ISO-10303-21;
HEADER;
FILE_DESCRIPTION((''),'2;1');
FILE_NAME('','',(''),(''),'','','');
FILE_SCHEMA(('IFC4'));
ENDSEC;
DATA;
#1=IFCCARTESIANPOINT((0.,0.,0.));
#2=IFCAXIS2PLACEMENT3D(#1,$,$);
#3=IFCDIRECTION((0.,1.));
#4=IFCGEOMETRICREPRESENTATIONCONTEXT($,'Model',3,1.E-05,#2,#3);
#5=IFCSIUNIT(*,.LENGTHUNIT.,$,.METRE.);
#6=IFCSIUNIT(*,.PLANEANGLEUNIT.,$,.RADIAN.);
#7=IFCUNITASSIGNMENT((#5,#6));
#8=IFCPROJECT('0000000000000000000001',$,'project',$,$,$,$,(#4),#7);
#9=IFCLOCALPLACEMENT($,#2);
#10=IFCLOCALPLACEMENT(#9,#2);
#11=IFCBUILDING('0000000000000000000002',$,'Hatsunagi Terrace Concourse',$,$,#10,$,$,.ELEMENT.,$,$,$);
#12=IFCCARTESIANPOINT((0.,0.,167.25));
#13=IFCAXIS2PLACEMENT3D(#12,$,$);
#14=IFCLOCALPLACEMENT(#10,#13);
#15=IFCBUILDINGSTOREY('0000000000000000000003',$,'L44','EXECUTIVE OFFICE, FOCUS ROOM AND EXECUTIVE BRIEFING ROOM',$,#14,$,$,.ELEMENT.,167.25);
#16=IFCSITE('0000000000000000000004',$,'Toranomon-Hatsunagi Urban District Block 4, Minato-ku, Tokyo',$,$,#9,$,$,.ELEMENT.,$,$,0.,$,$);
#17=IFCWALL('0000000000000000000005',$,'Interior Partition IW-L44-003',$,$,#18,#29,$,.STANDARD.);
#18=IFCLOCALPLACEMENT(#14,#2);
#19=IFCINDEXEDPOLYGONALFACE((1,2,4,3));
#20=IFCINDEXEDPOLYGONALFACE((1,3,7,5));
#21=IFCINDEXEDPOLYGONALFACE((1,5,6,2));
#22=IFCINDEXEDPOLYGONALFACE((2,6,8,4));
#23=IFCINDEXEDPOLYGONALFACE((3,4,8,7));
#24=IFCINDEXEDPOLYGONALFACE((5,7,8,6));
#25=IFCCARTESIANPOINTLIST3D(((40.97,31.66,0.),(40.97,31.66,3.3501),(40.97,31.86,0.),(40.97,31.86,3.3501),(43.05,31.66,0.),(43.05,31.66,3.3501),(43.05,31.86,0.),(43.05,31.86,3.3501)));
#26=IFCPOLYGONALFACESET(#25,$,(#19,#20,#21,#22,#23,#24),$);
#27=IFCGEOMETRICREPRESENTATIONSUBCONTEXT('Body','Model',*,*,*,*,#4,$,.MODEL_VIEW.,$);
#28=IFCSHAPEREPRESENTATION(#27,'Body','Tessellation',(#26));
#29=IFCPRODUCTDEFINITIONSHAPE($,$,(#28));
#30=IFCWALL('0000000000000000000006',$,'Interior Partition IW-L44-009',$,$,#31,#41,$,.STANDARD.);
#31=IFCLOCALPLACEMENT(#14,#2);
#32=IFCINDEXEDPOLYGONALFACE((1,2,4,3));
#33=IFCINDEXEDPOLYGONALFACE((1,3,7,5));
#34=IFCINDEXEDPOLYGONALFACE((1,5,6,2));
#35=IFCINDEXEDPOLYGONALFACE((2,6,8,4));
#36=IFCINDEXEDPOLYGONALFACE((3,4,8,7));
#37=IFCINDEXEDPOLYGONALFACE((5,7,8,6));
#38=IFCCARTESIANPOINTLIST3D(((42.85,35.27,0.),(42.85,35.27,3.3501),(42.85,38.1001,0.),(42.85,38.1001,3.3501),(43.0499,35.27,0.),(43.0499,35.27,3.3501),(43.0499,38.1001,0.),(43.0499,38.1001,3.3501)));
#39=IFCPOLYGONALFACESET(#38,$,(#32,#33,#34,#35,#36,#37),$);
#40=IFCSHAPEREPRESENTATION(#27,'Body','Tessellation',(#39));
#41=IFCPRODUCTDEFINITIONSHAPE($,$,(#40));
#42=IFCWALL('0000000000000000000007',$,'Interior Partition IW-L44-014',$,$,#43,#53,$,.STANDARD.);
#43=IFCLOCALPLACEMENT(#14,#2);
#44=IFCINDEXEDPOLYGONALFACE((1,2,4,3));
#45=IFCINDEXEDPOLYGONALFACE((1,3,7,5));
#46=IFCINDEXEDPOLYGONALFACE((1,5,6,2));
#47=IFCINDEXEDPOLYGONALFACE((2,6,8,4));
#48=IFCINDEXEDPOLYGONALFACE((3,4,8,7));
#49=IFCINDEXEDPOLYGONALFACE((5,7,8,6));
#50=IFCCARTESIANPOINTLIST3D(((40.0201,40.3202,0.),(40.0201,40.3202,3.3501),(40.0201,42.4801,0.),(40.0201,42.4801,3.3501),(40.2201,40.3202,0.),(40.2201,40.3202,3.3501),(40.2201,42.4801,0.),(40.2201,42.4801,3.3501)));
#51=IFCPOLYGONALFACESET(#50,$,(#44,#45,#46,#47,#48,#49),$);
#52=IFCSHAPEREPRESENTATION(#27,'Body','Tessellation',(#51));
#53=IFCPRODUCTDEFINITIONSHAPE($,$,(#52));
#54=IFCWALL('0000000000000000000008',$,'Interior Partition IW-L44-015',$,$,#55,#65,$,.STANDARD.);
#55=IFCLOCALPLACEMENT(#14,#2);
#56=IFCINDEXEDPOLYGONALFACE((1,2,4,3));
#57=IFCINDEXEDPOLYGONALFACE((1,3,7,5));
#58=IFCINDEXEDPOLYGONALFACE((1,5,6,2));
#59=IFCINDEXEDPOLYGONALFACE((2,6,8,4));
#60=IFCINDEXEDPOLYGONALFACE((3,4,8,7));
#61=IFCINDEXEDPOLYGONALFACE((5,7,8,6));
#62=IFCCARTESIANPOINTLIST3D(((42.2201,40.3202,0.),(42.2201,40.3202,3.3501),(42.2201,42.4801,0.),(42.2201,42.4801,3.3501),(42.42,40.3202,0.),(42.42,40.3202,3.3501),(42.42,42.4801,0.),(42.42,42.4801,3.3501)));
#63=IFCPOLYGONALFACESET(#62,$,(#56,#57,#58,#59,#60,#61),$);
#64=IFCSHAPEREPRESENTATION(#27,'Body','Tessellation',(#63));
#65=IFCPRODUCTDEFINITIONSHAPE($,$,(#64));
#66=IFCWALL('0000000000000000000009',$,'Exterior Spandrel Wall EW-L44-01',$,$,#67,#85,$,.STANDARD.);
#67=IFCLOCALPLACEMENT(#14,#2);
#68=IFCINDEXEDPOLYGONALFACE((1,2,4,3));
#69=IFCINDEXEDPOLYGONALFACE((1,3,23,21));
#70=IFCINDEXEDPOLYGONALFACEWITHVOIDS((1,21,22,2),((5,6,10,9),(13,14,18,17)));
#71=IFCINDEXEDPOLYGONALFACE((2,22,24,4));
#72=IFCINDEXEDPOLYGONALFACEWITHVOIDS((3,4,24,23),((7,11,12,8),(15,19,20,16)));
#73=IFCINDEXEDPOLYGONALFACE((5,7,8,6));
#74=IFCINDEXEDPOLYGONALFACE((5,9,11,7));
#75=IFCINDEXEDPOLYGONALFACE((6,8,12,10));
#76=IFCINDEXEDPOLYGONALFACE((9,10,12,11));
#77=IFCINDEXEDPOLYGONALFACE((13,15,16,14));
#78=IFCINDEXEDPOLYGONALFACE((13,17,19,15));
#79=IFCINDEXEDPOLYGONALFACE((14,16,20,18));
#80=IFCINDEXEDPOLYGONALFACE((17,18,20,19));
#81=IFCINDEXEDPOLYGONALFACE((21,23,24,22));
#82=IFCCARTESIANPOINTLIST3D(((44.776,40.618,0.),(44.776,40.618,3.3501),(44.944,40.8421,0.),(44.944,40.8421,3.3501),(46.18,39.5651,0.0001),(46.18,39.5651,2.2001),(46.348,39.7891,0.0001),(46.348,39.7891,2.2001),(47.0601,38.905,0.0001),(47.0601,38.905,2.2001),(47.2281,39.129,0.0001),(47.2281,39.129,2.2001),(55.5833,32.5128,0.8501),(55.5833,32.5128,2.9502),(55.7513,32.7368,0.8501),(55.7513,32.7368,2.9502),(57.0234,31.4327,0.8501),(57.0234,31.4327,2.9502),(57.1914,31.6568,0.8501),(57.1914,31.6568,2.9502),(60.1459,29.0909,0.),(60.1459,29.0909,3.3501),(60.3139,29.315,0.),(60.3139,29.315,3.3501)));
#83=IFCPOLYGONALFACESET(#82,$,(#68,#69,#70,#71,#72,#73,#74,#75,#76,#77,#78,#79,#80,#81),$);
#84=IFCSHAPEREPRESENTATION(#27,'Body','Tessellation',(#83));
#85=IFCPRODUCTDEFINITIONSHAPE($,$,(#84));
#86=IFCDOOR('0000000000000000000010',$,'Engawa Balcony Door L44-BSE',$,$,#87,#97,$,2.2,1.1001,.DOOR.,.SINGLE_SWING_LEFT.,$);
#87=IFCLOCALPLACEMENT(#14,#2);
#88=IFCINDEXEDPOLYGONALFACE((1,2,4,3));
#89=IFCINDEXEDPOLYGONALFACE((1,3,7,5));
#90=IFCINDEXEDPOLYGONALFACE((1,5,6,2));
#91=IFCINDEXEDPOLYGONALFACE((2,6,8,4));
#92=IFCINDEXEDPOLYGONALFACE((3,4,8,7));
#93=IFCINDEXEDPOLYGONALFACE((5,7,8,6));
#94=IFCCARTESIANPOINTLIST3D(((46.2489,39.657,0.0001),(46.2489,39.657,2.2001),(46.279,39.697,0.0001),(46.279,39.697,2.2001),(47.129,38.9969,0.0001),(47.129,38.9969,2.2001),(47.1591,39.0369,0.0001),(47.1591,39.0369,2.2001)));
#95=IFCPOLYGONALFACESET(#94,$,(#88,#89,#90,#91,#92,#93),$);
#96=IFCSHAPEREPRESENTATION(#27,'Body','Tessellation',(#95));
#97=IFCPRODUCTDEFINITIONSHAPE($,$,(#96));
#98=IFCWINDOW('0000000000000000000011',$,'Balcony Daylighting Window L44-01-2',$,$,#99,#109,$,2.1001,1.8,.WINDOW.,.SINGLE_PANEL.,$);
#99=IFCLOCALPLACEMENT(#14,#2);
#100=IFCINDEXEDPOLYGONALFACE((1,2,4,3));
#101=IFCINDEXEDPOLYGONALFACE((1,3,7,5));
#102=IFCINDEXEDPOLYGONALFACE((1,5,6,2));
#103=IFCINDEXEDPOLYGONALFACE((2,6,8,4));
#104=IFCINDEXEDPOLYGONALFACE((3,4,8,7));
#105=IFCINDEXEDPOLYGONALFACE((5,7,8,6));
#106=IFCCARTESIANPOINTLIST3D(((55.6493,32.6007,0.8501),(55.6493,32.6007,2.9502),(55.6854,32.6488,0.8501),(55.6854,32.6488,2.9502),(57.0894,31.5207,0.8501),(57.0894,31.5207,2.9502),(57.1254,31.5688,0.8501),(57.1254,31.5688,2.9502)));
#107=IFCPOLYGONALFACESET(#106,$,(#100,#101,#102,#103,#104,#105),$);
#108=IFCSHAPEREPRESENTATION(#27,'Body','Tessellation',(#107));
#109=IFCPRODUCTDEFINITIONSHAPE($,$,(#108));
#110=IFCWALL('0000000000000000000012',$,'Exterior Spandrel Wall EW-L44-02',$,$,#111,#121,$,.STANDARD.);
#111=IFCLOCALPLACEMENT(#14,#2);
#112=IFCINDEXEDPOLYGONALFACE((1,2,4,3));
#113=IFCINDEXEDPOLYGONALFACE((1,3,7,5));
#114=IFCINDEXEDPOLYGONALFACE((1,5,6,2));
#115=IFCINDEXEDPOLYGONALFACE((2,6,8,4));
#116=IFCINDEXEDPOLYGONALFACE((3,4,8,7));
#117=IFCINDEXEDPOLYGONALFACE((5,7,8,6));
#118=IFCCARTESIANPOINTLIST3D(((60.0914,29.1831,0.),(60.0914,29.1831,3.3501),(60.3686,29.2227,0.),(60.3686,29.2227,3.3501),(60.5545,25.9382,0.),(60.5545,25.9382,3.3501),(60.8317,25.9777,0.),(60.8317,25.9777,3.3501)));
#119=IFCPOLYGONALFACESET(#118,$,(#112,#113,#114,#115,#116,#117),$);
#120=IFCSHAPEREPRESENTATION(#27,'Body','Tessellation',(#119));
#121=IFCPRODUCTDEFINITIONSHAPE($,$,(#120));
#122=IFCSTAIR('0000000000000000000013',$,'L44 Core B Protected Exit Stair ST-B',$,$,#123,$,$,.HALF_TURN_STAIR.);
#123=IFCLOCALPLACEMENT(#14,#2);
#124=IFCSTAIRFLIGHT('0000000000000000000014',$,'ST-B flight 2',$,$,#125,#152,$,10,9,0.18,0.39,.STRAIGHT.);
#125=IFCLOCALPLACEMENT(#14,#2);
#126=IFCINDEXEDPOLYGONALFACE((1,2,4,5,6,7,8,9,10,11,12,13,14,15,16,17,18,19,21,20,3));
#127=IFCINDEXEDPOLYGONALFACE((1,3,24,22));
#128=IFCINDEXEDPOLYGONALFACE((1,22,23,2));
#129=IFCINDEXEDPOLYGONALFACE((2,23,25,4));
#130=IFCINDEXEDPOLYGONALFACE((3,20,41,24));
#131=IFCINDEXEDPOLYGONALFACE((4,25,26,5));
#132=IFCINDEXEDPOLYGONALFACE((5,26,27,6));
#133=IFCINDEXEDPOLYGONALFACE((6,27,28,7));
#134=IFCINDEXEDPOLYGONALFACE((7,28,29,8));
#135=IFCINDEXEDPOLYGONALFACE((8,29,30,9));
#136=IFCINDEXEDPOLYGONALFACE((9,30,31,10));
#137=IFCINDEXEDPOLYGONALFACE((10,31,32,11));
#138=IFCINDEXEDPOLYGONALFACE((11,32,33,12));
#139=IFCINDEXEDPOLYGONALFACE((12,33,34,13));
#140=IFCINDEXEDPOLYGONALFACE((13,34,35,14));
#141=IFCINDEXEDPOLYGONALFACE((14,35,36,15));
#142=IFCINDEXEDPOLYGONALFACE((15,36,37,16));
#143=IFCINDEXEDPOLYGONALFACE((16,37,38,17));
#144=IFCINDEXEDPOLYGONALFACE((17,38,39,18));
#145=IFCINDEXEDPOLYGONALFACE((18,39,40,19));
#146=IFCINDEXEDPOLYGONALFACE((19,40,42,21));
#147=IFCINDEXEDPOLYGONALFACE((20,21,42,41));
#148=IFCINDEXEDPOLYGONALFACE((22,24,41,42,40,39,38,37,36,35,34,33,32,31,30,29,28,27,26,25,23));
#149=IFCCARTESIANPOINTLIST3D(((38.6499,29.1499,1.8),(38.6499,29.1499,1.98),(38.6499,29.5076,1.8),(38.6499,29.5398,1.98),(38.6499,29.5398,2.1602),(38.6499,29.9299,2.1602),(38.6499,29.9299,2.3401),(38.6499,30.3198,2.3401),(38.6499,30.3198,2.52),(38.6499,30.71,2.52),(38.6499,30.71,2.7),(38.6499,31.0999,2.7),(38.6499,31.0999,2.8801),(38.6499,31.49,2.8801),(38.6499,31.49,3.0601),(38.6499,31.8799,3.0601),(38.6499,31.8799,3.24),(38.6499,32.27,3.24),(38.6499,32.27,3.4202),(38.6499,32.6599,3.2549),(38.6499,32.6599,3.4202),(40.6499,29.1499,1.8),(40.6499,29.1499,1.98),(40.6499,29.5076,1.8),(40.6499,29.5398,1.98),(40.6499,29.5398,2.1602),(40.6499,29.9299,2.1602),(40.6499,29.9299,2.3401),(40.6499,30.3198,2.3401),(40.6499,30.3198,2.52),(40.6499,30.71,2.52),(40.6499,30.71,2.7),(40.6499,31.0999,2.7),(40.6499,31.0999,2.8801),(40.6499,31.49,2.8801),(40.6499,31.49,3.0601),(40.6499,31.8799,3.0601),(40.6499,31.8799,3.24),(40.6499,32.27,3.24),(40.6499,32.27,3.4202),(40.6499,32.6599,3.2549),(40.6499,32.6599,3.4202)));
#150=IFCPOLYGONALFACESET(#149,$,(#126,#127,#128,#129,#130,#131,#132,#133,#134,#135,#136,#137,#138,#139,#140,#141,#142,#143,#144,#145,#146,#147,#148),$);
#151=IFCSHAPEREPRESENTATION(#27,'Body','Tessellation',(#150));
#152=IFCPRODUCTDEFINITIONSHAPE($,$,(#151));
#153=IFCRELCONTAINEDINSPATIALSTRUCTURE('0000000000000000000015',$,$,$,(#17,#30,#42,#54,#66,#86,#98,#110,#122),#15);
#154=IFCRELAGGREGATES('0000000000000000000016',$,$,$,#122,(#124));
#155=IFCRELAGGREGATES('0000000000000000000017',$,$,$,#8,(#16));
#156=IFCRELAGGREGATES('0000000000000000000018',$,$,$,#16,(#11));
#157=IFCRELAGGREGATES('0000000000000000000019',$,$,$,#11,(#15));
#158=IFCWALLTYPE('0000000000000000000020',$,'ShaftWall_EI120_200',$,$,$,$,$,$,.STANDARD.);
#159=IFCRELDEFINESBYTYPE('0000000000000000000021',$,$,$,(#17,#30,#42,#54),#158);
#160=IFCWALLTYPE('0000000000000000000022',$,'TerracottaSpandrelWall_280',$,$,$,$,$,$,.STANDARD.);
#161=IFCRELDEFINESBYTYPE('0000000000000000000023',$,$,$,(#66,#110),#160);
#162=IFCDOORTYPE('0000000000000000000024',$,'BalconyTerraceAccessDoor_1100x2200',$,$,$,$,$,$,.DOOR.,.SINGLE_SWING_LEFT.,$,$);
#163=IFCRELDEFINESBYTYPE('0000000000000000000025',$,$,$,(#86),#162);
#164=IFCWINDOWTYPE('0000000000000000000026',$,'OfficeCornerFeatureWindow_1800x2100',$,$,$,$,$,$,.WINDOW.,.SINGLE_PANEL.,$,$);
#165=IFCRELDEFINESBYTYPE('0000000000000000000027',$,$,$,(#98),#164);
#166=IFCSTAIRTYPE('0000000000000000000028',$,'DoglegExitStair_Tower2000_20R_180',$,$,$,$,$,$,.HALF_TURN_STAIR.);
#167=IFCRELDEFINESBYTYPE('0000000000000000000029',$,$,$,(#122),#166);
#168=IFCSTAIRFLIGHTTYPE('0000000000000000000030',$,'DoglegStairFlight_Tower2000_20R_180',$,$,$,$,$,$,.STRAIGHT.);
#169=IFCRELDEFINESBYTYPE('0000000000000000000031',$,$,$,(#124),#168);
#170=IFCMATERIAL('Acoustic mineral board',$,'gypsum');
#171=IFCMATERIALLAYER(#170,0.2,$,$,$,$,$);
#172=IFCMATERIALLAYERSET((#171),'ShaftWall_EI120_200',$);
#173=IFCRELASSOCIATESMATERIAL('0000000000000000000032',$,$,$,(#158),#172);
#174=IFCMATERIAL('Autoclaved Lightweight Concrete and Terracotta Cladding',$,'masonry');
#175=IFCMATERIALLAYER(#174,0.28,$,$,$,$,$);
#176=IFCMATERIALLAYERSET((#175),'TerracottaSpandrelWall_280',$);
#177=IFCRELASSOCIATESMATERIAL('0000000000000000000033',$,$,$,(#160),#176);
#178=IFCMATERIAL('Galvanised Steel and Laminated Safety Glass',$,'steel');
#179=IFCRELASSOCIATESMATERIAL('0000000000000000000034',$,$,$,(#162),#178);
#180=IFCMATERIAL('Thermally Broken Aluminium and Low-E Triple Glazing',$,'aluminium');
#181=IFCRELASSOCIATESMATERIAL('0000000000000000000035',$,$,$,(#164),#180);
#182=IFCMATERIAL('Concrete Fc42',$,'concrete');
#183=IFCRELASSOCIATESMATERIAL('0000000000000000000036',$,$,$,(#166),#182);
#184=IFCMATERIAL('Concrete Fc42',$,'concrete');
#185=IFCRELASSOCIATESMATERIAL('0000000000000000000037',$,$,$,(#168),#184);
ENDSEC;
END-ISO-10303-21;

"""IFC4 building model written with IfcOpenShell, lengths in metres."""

from ifc_helpers import new_model, si_unit, direction, frame, frame_2d, origin, place, context, subcontext, project, spatial, polyline, rectangle, outline, extrude, material, layer, layer_set, type_object, element, fill, aggregate, save


model = new_model("IFC4")

# Units and contexts
model_context = context("Model", 3, precision=1e-05, world=origin(), true_north=direction((0.0, 1.0)))
body_context = subcontext(model_context, "Body", "Model", "MODEL_VIEW")
ifc_project = project(units=[si_unit("LENGTHUNIT", "METRE"), si_unit("PLANEANGLEUNIT", "RADIAN")], contexts=[model_context])

# Site, building, storey
site_placement = place(None, origin())
site = spatial("IfcSite", under=ifc_project, at=site_placement, Name="Toranomon-Hatsunagi Urban District Block 4, Minato-ku, Tokyo", CompositionType="ELEMENT", RefElevation=0.0)
building_placement = place(site_placement, origin())
building = spatial("IfcBuilding", under=site, at=building_placement, Name="Hatsunagi Terrace Concourse", CompositionType="ELEMENT")
storey_placement = place(building_placement, frame((0.0, 0.0, 167.25)))
storey = spatial("IfcBuildingStorey", under=building, at=storey_placement, Name="L44", Description="EXECUTIVE OFFICE, FOCUS ROOM AND EXECUTIVE BRIEFING ROOM", CompositionType="ELEMENT", Elevation=167.25)

# Walls
ifc_material_1 = material(Name="Acoustic mineral board", Category="gypsum")
ifc_layer_1 = layer(ifc_material_1, 0.2)
ifc_layer_set_1 = layer_set([ifc_layer_1], Name="ShaftWall_EI120_200")
wall_type_1 = type_object("IfcWallType", Name="ShaftWall_EI120_200", PredefinedType="STANDARD", material=ifc_layer_set_1)
wall_1_placement = place(storey_placement, frame((40.97, 31.76, 0.0), z_axis=(0.0, 0.0, 1.0), x_axis=(1.0, 0.0, 0.0)))
element("IfcWall", 1, at=wall_1_placement, inside=storey, type_object=wall_type_1, Name="Interior Partition IW-L44-003", PredefinedType="STANDARD", context=body_context, shape_type="SweptSolid", body=[
    extrude(rectangle(XDim=2.0801, YDim=0.2, at=frame_2d((1.04, 0.0))), origin(), (0.0, 0.0, 1.0), 3.3501),
])
wall_2_placement = place(storey_placement, frame((42.95, 35.27, 0.0), z_axis=(0.0, 0.0, 1.0), x_axis=(0.0, 1.0, 0.0)))
element("IfcWall", 2, at=wall_2_placement, inside=storey, type_object=wall_type_1, Name="Interior Partition IW-L44-009", PredefinedType="STANDARD", context=body_context, shape_type="SweptSolid", body=[
    extrude(rectangle(XDim=2.8301, YDim=0.2, at=frame_2d((1.415, 0.0))), origin(), (0.0, 0.0, 1.0), 3.3501),
])
for number, where, z_axis, x_axis, name in (
    (3, (40.1201, 40.3201, 0.0), (0.0, 0.0, 1.0), (0.0, 1.0, 0.0), "Interior Partition IW-L44-014"),
    (4, (42.3201, 40.3201, 0.0), (0.0, 0.0, 1.0), (0.0, 1.0, 0.0), "Interior Partition IW-L44-015"),
):
    element("IfcWall", number, at=place(storey_placement, frame(where, z_axis=z_axis, x_axis=x_axis)), inside=storey, type_object=wall_type_1, Name=name, PredefinedType="STANDARD", context=body_context, shape_type="SweptSolid", body=[
        extrude(rectangle(XDim=2.1599, YDim=0.2, at=frame_2d((1.0801, 0.0))), origin(), (0.0, 0.0, 1.0), 3.3501),
    ])

# Wall, openings, door, window
ifc_material_2 = material(Name="Autoclaved Lightweight Concrete and Terracotta Cladding", Category="masonry")
ifc_layer_2 = layer(ifc_material_2, 0.28)
ifc_layer_set_2 = layer_set([ifc_layer_2], Name="TerracottaSpandrelWall_280")
wall_type_2 = type_object("IfcWallType", Name="TerracottaSpandrelWall_280", PredefinedType="STANDARD", material=ifc_layer_set_2)
wall_3_placement = place(storey_placement, frame((44.8601, 40.73, 0.0), z_axis=(0.0, 0.0, 1.0), x_axis=(0.800008, -0.59999, 0.0)))
wall_3 = element("IfcWall", 5, at=wall_3_placement, inside=storey, type_object=wall_type_2, Name="Exterior Spandrel Wall EW-L44-01", PredefinedType="STANDARD", context=body_context, shape_type="SweptSolid", body=[
    extrude(rectangle(XDim=19.2122, YDim=0.28, at=frame_2d((9.606, 0.0))), origin(), (0.0, 0.0, 1.0), 3.3501),
])
opening_1_placement = place(wall_3_placement, frame((1.7549, 0.0, 0.0)))
opening_1 = element("IfcOpeningElement", 6, at=opening_1_placement, cuts=wall_3, PredefinedType="OPENING", context=body_context, shape_type="SweptSolid", body=[
    extrude(rectangle(XDim=1.1001, YDim=2.2, at=frame_2d((0.55, 1.1001))), frame((0.0, 0.1499, 0.0), z_axis=(0.0, -1.0, 0.0), x_axis=(1.0, 0.0, 0.0)), (0.0, 0.0, 1.0), 0.3),
])
opening_2_placement = place(wall_3_placement, frame((13.509, 0.0, 0.8501)))
opening_2 = element("IfcOpeningElement", 7, at=opening_2_placement, cuts=wall_3, PredefinedType="OPENING", context=body_context, shape_type="SweptSolid", body=[
    extrude(rectangle(XDim=1.8, YDim=2.1001, at=frame_2d((0.8999, 1.05))), frame((0.0, 0.1499, 0.0), z_axis=(0.0, -1.0, 0.0), x_axis=(1.0, 0.0, 0.0)), (0.0, 0.0, 1.0), 0.3),
])
ifc_material_3 = material(Name="Galvanised Steel and Laminated Safety Glass", Category="steel")
door_type_1 = type_object("IfcDoorType", Name="BalconyTerraceAccessDoor_1100x2200", OperationType="SINGLE_SWING_LEFT", PredefinedType="DOOR", material=ifc_material_3)
door_1_placement = place(opening_1_placement, origin())
door_1 = element("IfcDoor", 8, at=door_1_placement, inside=storey, type_object=door_type_1, Name="Engawa Balcony Door L44-BSE", OperationType="SINGLE_SWING_LEFT", OverallHeight=2.2, OverallWidth=1.1001, PredefinedType="DOOR", context=body_context, shape_type="SweptSolid", body=[
    extrude(rectangle(XDim=1.1001, YDim=2.2, at=frame_2d((0.55, 1.1001))), frame((0.0, 0.0249, 0.0), z_axis=(0.0, -1.0, 0.0), x_axis=(1.0, 0.0, 0.0)), (0.0, 0.0, 1.0), 0.05),
])
fill(opening_1, door_1)
ifc_material_4 = material(Name="Thermally Broken Aluminium and Low-E Triple Glazing", Category="aluminium")
window_type = type_object("IfcWindowType", Name="OfficeCornerFeatureWindow_1800x2100", PartitioningType="SINGLE_PANEL", PredefinedType="WINDOW", material=ifc_material_4)
window_placement = place(opening_2_placement, origin())
window = element("IfcWindow", 9, at=window_placement, inside=storey, type_object=window_type, Name="Balcony Daylighting Window L44-01-2", OverallHeight=2.1001, OverallWidth=1.8, PartitioningType="SINGLE_PANEL", PredefinedType="WINDOW", context=body_context, shape_type="SweptSolid", body=[
    extrude(rectangle(XDim=1.8, YDim=2.1001, at=frame_2d((0.8999, 1.05))), frame((0.0, 0.03, 0.0), z_axis=(0.0, -1.0, 0.0), x_axis=(1.0, 0.0, 0.0)), (0.0, 0.0, 1.0), 0.0601),
])
fill(opening_2, window)

# Wall
wall_4_placement = place(storey_placement, frame((60.23, 29.2029, 0.0), z_axis=(0.0, 0.0, 1.0), x_axis=(0.141296, -0.989967, 0.0)))
element("IfcWall", 10, at=wall_4_placement, inside=storey, type_object=wall_type_2, Name="Exterior Spandrel Wall EW-L44-02", PredefinedType="STANDARD", context=body_context, shape_type="SweptSolid", body=[
    extrude(rectangle(XDim=3.2778, YDim=0.28, at=frame_2d((1.6389, 0.0))), origin(), (0.0, 0.0, 1.0), 3.3501),
])

# Stair, stair flight
ifc_material_5 = material(Name="Concrete Fc42", Category="concrete")
stair_type = type_object("IfcStairType", Name="DoglegExitStair_Tower2000_20R_180", PredefinedType="HALF_TURN_STAIR", material=ifc_material_5)
stair_placement = place(storey_placement, origin())
stair = element("IfcStair", 11, at=stair_placement, inside=storey, type_object=stair_type, Name="L44 Core B Protected Exit Stair ST-B", PredefinedType="HALF_TURN_STAIR")
ifc_material_6 = material(Name="Concrete Fc42", Category="concrete")
stair_flight_type = type_object("IfcStairFlightType", Name="DoglegStairFlight_Tower2000_20R_180", PredefinedType="STRAIGHT", material=ifc_material_6)
stair_flight_placement = place(storey_placement, frame((39.6499, 29.1499, 1.8), z_axis=(0.0, 0.0, 1.0), x_axis=(0.0, 1.0, 0.0)))
stair_flight = element("IfcStairFlight", 12, at=stair_flight_placement, type_object=stair_flight_type, Name="ST-B flight 2", NumberOfRisers=10, NumberOfTreads=9, PredefinedType="STRAIGHT", RiserHeight=0.18, TreadLength=0.39, context=body_context, shape_type="SweptSolid", body=[
    extrude(outline(polyline([(0.0, 0.0), (0.0, 0.1799), (0.3899, 0.1799), (0.3899, 0.3601), (0.78, 0.3601), (0.78, 0.54), (1.1699, 0.54), (1.1699, 0.72), (1.5601, 0.72), (1.5601, 0.8999), (1.95, 0.8999), (1.95, 1.0801), (2.3401, 1.0801), (2.3401, 1.26), (2.73, 1.26), (2.73, 1.4399), (3.1201, 1.4399), (3.1201, 1.6201), (3.51, 1.6201), (3.51, 1.8), (3.51, 1.4548), (0.3577, 0.0), (0.0, 0.0)])), frame((0.0, 1.0, 0.0), z_axis=(0.0, -1.0, 0.0), x_axis=(1.0, 0.0, 0.0)), (0.0, 0.0, 1.0), 2.0),
])
aggregate(stair, [stair_flight])

save(model, "model.ifc")
